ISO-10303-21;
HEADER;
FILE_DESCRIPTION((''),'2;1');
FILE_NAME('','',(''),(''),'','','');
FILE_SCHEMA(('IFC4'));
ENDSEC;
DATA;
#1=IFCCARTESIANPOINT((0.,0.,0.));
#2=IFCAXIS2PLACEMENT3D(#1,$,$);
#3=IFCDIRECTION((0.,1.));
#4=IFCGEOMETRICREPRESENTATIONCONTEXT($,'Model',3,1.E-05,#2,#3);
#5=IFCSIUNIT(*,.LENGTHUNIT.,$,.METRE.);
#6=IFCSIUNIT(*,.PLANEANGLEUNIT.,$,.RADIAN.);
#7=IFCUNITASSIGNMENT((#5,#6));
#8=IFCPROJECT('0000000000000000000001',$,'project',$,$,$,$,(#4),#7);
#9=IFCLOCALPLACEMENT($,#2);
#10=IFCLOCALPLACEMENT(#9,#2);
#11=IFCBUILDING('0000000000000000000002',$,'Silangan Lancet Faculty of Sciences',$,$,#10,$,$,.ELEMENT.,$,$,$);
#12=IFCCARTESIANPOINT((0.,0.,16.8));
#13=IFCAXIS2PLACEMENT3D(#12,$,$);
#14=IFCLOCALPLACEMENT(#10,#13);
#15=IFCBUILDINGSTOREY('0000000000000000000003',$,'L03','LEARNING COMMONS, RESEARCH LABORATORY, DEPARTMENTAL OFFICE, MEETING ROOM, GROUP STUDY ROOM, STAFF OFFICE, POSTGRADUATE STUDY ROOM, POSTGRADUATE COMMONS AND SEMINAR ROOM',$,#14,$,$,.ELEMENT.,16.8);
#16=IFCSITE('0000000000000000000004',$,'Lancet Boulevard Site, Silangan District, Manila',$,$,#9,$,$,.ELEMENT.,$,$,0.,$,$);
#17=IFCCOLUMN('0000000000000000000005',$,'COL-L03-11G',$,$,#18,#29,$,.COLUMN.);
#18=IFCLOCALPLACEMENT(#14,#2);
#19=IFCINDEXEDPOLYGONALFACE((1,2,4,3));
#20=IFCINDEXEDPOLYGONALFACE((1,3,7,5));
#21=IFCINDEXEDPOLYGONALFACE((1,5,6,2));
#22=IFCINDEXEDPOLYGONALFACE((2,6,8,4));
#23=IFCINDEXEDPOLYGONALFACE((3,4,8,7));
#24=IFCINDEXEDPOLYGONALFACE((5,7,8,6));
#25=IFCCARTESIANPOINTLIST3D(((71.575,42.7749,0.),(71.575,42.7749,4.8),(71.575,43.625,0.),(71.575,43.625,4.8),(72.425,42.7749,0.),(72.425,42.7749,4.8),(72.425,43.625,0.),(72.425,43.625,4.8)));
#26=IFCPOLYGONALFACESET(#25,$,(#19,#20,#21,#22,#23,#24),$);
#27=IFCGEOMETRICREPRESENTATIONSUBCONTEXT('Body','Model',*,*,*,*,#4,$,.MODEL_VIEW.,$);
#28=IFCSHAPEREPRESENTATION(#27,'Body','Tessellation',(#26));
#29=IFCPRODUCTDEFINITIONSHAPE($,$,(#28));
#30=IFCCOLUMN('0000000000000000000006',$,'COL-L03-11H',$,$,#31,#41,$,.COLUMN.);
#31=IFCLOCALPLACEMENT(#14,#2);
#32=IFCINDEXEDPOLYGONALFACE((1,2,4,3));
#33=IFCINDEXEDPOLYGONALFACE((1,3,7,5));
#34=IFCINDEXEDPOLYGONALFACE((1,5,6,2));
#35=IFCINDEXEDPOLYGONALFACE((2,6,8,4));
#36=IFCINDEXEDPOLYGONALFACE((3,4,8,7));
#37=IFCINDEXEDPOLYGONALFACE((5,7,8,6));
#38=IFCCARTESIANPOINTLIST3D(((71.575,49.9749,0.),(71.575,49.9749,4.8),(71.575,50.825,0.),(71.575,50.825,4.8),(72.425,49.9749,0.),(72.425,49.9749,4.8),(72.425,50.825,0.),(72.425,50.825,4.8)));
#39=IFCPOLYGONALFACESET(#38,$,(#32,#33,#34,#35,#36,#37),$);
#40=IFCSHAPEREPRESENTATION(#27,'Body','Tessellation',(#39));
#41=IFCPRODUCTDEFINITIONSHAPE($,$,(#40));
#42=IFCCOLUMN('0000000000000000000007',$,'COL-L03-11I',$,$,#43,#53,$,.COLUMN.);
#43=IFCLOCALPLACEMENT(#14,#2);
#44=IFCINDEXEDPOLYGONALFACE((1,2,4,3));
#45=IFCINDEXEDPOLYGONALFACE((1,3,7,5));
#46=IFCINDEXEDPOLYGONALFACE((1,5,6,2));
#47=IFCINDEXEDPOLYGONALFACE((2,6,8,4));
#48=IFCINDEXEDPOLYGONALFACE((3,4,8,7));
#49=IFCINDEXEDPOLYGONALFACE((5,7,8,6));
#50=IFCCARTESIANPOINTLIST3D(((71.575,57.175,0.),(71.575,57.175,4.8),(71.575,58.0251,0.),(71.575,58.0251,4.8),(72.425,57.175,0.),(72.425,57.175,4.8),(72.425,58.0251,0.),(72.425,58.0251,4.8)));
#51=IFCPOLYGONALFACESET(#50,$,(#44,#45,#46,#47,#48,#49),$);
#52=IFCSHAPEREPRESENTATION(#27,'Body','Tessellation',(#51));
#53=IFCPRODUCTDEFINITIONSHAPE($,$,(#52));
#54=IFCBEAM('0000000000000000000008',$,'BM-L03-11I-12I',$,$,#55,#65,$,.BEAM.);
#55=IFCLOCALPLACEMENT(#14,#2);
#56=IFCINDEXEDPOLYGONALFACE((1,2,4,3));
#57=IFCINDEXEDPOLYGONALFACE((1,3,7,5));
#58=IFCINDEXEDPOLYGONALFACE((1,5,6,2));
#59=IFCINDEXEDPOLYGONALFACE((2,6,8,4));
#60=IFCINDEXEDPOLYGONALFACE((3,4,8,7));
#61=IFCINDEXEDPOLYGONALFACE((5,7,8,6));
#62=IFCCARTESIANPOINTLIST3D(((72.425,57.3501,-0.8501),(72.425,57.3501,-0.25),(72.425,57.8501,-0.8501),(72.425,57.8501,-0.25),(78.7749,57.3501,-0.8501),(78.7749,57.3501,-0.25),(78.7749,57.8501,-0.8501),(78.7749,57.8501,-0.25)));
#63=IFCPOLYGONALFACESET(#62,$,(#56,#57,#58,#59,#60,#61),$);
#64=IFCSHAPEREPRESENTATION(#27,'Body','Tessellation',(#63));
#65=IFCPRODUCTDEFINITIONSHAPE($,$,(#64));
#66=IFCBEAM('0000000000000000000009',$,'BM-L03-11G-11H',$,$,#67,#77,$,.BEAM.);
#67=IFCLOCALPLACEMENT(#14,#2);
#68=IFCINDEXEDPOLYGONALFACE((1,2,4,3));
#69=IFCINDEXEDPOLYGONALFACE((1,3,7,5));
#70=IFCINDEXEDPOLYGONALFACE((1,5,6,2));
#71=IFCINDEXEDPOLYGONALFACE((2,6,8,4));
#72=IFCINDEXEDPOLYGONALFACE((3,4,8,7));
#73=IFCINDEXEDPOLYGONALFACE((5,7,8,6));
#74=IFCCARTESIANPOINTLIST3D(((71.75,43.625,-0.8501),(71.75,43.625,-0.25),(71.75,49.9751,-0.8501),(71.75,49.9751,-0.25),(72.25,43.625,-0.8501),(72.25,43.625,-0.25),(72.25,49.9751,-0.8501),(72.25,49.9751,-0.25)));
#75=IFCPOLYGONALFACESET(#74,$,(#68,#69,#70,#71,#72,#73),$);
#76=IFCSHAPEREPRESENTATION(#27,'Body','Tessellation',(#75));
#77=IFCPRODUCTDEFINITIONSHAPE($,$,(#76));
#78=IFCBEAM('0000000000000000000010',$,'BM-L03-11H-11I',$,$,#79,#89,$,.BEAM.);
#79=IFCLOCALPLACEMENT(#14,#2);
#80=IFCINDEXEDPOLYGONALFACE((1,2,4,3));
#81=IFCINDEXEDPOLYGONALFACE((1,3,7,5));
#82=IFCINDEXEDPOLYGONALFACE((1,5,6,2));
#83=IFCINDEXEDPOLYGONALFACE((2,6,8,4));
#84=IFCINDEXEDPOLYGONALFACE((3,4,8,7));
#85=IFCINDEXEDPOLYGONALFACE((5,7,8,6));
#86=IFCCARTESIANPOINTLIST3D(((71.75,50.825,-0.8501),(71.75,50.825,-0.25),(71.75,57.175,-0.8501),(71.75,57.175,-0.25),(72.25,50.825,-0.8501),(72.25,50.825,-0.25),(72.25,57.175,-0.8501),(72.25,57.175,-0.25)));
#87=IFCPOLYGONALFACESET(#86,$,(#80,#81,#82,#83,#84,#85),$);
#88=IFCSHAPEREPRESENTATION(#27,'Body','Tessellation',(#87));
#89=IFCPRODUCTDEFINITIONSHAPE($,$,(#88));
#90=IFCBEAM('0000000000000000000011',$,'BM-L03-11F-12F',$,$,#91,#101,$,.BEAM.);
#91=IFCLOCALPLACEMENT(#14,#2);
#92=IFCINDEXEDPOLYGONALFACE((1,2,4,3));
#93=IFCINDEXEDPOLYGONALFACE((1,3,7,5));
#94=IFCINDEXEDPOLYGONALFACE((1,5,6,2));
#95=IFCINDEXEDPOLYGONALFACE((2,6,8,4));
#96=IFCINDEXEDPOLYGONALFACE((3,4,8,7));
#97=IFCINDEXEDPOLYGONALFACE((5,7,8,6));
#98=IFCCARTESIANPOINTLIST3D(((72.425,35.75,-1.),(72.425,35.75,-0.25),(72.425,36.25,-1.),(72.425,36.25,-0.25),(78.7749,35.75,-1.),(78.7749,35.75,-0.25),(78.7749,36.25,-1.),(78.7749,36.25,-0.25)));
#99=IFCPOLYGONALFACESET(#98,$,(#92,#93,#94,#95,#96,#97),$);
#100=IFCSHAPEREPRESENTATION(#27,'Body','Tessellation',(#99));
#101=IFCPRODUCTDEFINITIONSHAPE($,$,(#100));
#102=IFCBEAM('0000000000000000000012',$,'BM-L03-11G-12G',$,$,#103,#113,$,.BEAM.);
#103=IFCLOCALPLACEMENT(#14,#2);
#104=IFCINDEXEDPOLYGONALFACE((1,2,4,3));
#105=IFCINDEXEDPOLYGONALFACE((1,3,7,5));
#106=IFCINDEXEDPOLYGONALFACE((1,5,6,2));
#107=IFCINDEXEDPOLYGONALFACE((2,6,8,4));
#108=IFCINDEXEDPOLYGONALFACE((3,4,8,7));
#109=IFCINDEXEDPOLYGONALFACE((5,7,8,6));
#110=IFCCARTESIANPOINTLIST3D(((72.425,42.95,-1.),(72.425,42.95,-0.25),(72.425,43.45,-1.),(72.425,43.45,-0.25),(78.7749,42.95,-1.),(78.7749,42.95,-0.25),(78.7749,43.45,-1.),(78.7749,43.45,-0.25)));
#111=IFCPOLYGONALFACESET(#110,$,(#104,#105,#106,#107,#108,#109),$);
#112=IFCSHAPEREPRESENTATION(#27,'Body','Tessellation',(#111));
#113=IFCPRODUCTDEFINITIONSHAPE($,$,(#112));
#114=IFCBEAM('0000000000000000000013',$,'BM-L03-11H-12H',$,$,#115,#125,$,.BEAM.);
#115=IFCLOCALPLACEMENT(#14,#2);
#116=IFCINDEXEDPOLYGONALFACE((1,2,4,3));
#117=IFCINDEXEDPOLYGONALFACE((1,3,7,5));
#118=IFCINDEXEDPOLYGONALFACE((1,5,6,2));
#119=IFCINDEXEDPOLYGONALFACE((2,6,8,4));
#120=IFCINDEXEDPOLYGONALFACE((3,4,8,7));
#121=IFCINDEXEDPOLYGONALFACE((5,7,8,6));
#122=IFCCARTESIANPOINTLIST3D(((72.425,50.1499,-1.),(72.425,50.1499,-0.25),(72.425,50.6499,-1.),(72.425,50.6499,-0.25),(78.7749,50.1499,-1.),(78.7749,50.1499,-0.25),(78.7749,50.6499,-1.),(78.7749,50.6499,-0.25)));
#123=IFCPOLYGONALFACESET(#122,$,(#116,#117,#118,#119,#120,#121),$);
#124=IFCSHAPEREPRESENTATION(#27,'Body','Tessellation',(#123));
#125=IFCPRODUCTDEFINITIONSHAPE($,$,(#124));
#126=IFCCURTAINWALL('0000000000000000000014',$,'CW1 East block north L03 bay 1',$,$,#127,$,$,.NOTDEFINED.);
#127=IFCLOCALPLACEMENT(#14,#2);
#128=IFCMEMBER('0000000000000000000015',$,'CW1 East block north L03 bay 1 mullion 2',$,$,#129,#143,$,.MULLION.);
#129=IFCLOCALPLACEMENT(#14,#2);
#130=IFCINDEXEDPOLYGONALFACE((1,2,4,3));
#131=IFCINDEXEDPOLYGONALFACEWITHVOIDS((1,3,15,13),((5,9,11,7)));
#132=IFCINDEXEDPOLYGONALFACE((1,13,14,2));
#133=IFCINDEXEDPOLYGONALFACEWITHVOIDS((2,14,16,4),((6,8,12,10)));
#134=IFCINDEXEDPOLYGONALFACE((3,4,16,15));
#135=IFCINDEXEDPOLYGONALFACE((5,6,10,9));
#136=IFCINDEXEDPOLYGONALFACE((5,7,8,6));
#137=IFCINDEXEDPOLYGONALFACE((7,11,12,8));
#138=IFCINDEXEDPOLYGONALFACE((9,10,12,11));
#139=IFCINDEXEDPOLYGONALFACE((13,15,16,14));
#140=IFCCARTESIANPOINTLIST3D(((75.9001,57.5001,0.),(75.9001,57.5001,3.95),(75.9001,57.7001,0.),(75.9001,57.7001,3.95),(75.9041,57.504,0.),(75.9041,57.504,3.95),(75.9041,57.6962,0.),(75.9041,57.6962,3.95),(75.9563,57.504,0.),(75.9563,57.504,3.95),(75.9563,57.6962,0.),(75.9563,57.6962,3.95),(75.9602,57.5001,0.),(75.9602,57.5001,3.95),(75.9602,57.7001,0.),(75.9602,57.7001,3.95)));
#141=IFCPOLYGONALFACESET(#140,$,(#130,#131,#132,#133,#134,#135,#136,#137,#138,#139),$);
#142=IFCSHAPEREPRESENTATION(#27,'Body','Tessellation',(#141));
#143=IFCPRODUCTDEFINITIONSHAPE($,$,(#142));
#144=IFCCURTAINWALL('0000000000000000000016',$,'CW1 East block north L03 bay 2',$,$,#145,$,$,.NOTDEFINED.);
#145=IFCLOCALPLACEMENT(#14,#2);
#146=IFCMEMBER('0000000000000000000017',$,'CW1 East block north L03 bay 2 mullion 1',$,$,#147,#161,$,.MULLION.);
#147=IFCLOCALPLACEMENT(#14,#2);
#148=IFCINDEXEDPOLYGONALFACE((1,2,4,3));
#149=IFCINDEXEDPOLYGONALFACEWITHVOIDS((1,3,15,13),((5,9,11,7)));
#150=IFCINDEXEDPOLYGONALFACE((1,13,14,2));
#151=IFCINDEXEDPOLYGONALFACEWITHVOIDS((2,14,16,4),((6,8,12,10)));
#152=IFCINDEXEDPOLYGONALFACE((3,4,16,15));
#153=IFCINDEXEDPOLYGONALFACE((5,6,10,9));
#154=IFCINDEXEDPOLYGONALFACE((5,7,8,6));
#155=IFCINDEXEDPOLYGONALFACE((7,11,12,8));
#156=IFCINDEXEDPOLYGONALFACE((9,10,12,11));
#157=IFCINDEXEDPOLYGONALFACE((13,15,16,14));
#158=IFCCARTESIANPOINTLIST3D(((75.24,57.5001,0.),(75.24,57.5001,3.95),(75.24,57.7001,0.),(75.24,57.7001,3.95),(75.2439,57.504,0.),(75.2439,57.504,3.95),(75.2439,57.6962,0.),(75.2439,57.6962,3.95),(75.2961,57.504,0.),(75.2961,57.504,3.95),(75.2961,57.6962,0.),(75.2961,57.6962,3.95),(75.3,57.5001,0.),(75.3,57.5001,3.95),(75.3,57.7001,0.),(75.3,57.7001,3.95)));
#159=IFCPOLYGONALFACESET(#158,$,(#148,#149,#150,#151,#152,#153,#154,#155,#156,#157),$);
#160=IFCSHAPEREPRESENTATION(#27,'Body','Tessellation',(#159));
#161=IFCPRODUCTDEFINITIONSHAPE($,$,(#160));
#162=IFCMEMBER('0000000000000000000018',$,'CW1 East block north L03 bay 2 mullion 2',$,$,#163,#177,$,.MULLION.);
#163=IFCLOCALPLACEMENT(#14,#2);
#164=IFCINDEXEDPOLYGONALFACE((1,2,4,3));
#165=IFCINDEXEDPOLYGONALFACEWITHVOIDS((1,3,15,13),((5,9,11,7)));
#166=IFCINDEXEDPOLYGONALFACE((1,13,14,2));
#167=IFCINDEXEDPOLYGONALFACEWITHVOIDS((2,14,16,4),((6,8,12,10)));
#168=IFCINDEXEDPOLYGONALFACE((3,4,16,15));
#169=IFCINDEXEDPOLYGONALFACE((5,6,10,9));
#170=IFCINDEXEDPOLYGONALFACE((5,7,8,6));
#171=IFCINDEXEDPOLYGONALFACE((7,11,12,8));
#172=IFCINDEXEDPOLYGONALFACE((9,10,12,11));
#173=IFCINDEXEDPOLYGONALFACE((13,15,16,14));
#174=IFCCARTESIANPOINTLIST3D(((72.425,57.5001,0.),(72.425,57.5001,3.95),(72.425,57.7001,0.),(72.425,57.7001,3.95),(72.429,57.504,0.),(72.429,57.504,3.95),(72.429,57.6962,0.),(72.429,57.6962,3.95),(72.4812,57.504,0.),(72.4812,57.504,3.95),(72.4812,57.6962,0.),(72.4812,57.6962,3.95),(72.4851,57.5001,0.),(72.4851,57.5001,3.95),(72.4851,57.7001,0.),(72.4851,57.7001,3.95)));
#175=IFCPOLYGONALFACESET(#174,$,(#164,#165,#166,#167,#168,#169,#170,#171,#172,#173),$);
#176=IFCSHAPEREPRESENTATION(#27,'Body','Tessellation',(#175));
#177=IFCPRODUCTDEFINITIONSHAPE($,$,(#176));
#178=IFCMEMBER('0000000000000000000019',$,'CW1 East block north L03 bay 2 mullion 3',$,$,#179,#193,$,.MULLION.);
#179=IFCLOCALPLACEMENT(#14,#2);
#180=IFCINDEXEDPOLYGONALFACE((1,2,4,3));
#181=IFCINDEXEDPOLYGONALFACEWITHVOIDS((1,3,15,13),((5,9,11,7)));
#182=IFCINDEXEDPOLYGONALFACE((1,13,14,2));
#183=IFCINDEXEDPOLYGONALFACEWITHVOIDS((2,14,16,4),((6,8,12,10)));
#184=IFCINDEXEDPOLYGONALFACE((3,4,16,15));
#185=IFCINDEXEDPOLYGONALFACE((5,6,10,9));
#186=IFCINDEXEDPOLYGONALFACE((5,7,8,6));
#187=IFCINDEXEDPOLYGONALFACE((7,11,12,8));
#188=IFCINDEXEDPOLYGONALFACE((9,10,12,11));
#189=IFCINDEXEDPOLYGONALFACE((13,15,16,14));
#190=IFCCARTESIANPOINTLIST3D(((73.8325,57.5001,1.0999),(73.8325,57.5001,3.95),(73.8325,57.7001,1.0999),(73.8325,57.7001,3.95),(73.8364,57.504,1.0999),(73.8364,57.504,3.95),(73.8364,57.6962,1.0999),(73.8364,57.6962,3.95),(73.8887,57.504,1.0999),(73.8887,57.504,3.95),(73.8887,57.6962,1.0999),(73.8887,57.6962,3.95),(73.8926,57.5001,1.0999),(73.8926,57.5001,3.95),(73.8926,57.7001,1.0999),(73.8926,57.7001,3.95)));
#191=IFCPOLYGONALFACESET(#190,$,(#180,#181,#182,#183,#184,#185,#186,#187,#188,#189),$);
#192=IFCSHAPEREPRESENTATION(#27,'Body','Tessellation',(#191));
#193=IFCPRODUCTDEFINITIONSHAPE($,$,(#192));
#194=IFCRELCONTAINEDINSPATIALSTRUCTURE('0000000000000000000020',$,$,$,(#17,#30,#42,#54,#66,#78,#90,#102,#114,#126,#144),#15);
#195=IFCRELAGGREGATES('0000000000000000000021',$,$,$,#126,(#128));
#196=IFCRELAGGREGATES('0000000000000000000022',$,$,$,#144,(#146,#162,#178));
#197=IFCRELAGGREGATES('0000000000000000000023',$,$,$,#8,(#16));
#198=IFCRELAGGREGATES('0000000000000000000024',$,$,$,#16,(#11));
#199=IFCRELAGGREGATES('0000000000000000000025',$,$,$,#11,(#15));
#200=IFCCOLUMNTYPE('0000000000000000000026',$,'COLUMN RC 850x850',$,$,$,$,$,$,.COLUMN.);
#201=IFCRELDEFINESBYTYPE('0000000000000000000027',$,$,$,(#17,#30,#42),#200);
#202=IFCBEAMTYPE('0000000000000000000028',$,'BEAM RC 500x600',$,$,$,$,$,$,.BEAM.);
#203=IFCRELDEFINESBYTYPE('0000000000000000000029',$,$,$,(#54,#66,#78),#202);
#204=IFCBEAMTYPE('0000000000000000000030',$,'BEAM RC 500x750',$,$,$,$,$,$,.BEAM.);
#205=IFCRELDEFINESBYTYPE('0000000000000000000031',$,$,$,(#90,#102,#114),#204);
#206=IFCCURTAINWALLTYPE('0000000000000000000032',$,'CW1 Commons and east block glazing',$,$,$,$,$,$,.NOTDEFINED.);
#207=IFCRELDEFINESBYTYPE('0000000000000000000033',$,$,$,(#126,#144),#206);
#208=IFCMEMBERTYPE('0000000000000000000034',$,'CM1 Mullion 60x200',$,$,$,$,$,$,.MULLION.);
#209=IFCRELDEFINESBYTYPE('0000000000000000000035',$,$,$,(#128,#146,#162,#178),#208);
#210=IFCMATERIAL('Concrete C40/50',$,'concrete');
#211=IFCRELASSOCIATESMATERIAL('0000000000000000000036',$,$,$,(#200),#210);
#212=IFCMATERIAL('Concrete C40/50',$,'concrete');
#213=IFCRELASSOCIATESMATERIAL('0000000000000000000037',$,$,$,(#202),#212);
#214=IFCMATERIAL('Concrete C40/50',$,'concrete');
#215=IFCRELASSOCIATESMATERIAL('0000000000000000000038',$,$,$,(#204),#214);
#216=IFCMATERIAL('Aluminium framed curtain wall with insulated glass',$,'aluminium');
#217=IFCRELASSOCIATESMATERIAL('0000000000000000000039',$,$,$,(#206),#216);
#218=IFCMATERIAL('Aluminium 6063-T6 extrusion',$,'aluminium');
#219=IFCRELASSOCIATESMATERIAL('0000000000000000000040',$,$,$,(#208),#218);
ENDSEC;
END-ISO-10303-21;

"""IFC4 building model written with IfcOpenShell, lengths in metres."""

from ifc_helpers import new_model, si_unit, direction, frame, origin, origin_2d, place, context, subcontext, project, spatial, rectangle, hollow_rectangle, extrude, material, material_profile, profile_set, type_object, element, aggregate, save


model = new_model("IFC4")

# Units and contexts
model_context = context("Model", 3, precision=1e-05, world=origin(), true_north=direction((0.0, 1.0)))
body_context = subcontext(model_context, "Body", "Model", "MODEL_VIEW")
ifc_project = project(units=[si_unit("LENGTHUNIT", "METRE"), si_unit("PLANEANGLEUNIT", "RADIAN")], contexts=[model_context])

# Site, building, storey
site_placement = place(None, origin())
site = spatial("IfcSite", under=ifc_project, at=site_placement, Name="Lancet Boulevard Site, Silangan District, Manila", CompositionType="ELEMENT", RefElevation=0.0)
building_placement = place(site_placement, origin())
building = spatial("IfcBuilding", under=site, at=building_placement, Name="Silangan Lancet Faculty of Sciences", CompositionType="ELEMENT")
storey_placement = place(building_placement, frame((0.0, 0.0, 16.8)))
storey = spatial("IfcBuildingStorey", under=building, at=storey_placement, Name="L03", Description="LEARNING COMMONS, RESEARCH LABORATORY, DEPARTMENTAL OFFICE, MEETING ROOM, GROUP STUDY ROOM, STAFF OFFICE, POSTGRADUATE STUDY ROOM, POSTGRADUATE COMMONS AND SEMINAR ROOM", CompositionType="ELEMENT", Elevation=16.8)

# Columns
ifc_material_1 = material(Name="Concrete C40/50", Category="concrete")
ifc_material_profile_1 = material_profile(ifc_material_1, rectangle(XDim=0.8501, YDim=0.8501, at=origin_2d()), Name="RC 850x850")
ifc_profile_set_1 = profile_set([ifc_material_profile_1], Name="Concrete C40/50")
column_type = type_object("IfcColumnType", Name="COLUMN RC 850x850", PredefinedType="COLUMN", material=ifc_profile_set_1)
for number, where, z_axis, x_axis, name in (
    (1, (72.0, 43.2, 0.0), (0.0, 0.0, 1.0), (1.0, 0.0, 0.0), "COL-L03-11G"),
    (2, (72.0, 50.3999, 0.0), (0.0, 0.0, 1.0), (1.0, 0.0, 0.0), "COL-L03-11H"),
    (3, (72.0, 57.6001, 0.0), (0.0, 0.0, 1.0), (1.0, 0.0, 0.0), "COL-L03-11I"),
):
    element("IfcColumn", number, at=place(storey_placement, frame(where, z_axis=z_axis, x_axis=x_axis)), inside=storey, type_object=column_type, Name=name, PredefinedType="COLUMN", context=body_context, shape_type="SweptSolid", body=[
        extrude(rectangle(XDim=0.8501, YDim=0.8501, at=origin_2d()), origin(), (0.0, 0.0, 1.0), 4.8),
    ])

# Beams
ifc_material_2 = material(Name="Concrete C40/50", Category="concrete")
ifc_material_profile_2 = material_profile(ifc_material_2, rectangle(XDim=0.5, YDim=0.6001, at=origin_2d()), Name="RC 500x600")
ifc_profile_set_2 = profile_set([ifc_material_profile_2], Name="Concrete C40/50")
beam_type_1 = type_object("IfcBeamType", Name="BEAM RC 500x600", PredefinedType="BEAM", material=ifc_profile_set_2)
beam_placement = place(storey_placement, frame((72.425, 57.6001, -0.55), z_axis=(1.0, 0.0, 0.0), x_axis=(0.0, 1.0, 0.0)))
element("IfcBeam", 4, at=beam_placement, inside=storey, type_object=beam_type_1, Name="BM-L03-11I-12I", PredefinedType="BEAM", context=body_context, shape_type="SweptSolid", body=[
    extrude(rectangle(XDim=0.5, YDim=0.6001, at=origin_2d()), origin(), (0.0, 0.0, 1.0), 6.3499),
])
for number, where, z_axis, x_axis, name in (
    (5, (72.0, 43.625, -0.55), (0.0, 1.0, 0.0), (-1.0, 0.0, 0.0), "BM-L03-11G-11H"),
    (6, (72.0, 50.825, -0.55), (0.0, 1.0, 0.0), (-1.0, 0.0, 0.0), "BM-L03-11H-11I"),
):
    element("IfcBeam", number, at=place(storey_placement, frame(where, z_axis=z_axis, x_axis=x_axis)), inside=storey, type_object=beam_type_1, Name=name, PredefinedType="BEAM", context=body_context, shape_type="SweptSolid", body=[
        extrude(rectangle(XDim=0.5, YDim=0.6001, at=origin_2d()), origin(), (0.0, 0.0, 1.0), 6.3501),
    ])
ifc_material_3 = material(Name="Concrete C40/50", Category="concrete")
ifc_material_profile_3 = material_profile(ifc_material_3, rectangle(XDim=0.5, YDim=0.75, at=origin_2d()), Name="RC 500x750")
ifc_profile_set_3 = profile_set([ifc_material_profile_3], Name="Concrete C40/50")
beam_type_2 = type_object("IfcBeamType", Name="BEAM RC 500x750", PredefinedType="BEAM", material=ifc_profile_set_3)
for number, where, z_axis, x_axis, name in (
    (7, (72.425, 36.0, -0.625), (1.0, 0.0, 0.0), (0.0, 1.0, 0.0), "BM-L03-11F-12F"),
    (8, (72.425, 43.2, -0.625), (1.0, 0.0, 0.0), (0.0, 1.0, 0.0), "BM-L03-11G-12G"),
    (9, (72.425, 50.3999, -0.625), (1.0, 0.0, 0.0), (0.0, 1.0, 0.0), "BM-L03-11H-12H"),
):
    element("IfcBeam", number, at=place(storey_placement, frame(where, z_axis=z_axis, x_axis=x_axis)), inside=storey, type_object=beam_type_2, Name=name, PredefinedType="BEAM", context=body_context, shape_type="SweptSolid", body=[
        extrude(rectangle(XDim=0.5, YDim=0.75, at=origin_2d()), origin(), (0.0, 0.0, 1.0), 6.3499),
    ])

# Curtain wall, member
ifc_material_4 = material(Name="Aluminium framed curtain wall with insulated glass", Category="aluminium")
curtain_wall_type = type_object("IfcCurtainWallType", Name="CW1 Commons and east block glazing", PredefinedType="NOTDEFINED", material=ifc_material_4)
curtain_wall_1_placement = place(storey_placement, origin())
curtain_wall_1 = element("IfcCurtainWall", 10, at=curtain_wall_1_placement, inside=storey, type_object=curtain_wall_type, Name="CW1 East block north L03 bay 1", PredefinedType="NOTDEFINED")
ifc_material_5 = material(Name="Aluminium 6063-T6 extrusion", Category="aluminium")
ifc_material_profile_4 = material_profile(ifc_material_5, hollow_rectangle(XDim=0.0601, YDim=0.2, WallThickness=0.0039, at=origin_2d()), Name="AL BOX 60x200x4")
ifc_profile_set_4 = profile_set([ifc_material_profile_4], Name="Aluminium 6063-T6 extrusion")
member_type_1 = type_object("IfcMemberType", Name="CM1 Mullion 60x200", PredefinedType="MULLION", material=ifc_profile_set_4)
member_1_placement = place(storey_placement, frame((75.9302, 57.6001, 0.0), z_axis=(0.0, 0.0, 1.0), x_axis=(-1.0, 0.0, 0.0)))
member_1 = element("IfcMember", 11, at=member_1_placement, type_object=member_type_1, Name="CW1 East block north L03 bay 1 mullion 2", PredefinedType="MULLION", context=body_context, shape_type="SweptSolid", body=[
    extrude(hollow_rectangle(XDim=0.0601, YDim=0.2, WallThickness=0.0039, at=origin_2d()), origin(), (0.0, 0.0, 1.0), 3.95),
])

# Curtain wall, members
curtain_wall_2_placement = place(storey_placement, origin())
curtain_wall_2 = element("IfcCurtainWall", 12, at=curtain_wall_2_placement, inside=storey, type_object=curtain_wall_type, Name="CW1 East block north L03 bay 2", PredefinedType="NOTDEFINED")
member_2_placement = place(storey_placement, frame((75.27, 57.6001, 0.0), z_axis=(0.0, 0.0, 1.0), x_axis=(-1.0, 0.0, 0.0)))
member_2 = element("IfcMember", 13, at=member_2_placement, type_object=member_type_1, Name="CW1 East block north L03 bay 2 mullion 1", PredefinedType="MULLION", context=body_context, shape_type="SweptSolid", body=[
    extrude(hollow_rectangle(XDim=0.0601, YDim=0.2, WallThickness=0.0039, at=origin_2d()), origin(), (0.0, 0.0, 1.0), 3.95),
])
member_3_placement = place(storey_placement, frame((72.4551, 57.6001, 0.0), z_axis=(0.0, 0.0, 1.0), x_axis=(-1.0, 0.0, 0.0)))
member_3 = element("IfcMember", 14, at=member_3_placement, type_object=member_type_1, Name="CW1 East block north L03 bay 2 mullion 2", PredefinedType="MULLION", context=body_context, shape_type="SweptSolid", body=[
    extrude(hollow_rectangle(XDim=0.0601, YDim=0.2, WallThickness=0.0039, at=origin_2d()), origin(), (0.0, 0.0, 1.0), 3.95),
])
member_4_placement = place(storey_placement, frame((73.8625, 57.6001, 1.0999), z_axis=(0.0, 0.0, 1.0), x_axis=(-1.0, 0.0, 0.0)))
member_4 = element("IfcMember", 15, at=member_4_placement, type_object=member_type_1, Name="CW1 East block north L03 bay 2 mullion 3", PredefinedType="MULLION", context=body_context, shape_type="SweptSolid", body=[
    extrude(hollow_rectangle(XDim=0.0601, YDim=0.2, WallThickness=0.0039, at=origin_2d()), origin(), (0.0, 0.0, 1.0), 2.8501),
])

aggregate(curtain_wall_1, [member_1])
aggregate(curtain_wall_2, [member_2, member_3, member_4])

save(model, "model.ifc")
